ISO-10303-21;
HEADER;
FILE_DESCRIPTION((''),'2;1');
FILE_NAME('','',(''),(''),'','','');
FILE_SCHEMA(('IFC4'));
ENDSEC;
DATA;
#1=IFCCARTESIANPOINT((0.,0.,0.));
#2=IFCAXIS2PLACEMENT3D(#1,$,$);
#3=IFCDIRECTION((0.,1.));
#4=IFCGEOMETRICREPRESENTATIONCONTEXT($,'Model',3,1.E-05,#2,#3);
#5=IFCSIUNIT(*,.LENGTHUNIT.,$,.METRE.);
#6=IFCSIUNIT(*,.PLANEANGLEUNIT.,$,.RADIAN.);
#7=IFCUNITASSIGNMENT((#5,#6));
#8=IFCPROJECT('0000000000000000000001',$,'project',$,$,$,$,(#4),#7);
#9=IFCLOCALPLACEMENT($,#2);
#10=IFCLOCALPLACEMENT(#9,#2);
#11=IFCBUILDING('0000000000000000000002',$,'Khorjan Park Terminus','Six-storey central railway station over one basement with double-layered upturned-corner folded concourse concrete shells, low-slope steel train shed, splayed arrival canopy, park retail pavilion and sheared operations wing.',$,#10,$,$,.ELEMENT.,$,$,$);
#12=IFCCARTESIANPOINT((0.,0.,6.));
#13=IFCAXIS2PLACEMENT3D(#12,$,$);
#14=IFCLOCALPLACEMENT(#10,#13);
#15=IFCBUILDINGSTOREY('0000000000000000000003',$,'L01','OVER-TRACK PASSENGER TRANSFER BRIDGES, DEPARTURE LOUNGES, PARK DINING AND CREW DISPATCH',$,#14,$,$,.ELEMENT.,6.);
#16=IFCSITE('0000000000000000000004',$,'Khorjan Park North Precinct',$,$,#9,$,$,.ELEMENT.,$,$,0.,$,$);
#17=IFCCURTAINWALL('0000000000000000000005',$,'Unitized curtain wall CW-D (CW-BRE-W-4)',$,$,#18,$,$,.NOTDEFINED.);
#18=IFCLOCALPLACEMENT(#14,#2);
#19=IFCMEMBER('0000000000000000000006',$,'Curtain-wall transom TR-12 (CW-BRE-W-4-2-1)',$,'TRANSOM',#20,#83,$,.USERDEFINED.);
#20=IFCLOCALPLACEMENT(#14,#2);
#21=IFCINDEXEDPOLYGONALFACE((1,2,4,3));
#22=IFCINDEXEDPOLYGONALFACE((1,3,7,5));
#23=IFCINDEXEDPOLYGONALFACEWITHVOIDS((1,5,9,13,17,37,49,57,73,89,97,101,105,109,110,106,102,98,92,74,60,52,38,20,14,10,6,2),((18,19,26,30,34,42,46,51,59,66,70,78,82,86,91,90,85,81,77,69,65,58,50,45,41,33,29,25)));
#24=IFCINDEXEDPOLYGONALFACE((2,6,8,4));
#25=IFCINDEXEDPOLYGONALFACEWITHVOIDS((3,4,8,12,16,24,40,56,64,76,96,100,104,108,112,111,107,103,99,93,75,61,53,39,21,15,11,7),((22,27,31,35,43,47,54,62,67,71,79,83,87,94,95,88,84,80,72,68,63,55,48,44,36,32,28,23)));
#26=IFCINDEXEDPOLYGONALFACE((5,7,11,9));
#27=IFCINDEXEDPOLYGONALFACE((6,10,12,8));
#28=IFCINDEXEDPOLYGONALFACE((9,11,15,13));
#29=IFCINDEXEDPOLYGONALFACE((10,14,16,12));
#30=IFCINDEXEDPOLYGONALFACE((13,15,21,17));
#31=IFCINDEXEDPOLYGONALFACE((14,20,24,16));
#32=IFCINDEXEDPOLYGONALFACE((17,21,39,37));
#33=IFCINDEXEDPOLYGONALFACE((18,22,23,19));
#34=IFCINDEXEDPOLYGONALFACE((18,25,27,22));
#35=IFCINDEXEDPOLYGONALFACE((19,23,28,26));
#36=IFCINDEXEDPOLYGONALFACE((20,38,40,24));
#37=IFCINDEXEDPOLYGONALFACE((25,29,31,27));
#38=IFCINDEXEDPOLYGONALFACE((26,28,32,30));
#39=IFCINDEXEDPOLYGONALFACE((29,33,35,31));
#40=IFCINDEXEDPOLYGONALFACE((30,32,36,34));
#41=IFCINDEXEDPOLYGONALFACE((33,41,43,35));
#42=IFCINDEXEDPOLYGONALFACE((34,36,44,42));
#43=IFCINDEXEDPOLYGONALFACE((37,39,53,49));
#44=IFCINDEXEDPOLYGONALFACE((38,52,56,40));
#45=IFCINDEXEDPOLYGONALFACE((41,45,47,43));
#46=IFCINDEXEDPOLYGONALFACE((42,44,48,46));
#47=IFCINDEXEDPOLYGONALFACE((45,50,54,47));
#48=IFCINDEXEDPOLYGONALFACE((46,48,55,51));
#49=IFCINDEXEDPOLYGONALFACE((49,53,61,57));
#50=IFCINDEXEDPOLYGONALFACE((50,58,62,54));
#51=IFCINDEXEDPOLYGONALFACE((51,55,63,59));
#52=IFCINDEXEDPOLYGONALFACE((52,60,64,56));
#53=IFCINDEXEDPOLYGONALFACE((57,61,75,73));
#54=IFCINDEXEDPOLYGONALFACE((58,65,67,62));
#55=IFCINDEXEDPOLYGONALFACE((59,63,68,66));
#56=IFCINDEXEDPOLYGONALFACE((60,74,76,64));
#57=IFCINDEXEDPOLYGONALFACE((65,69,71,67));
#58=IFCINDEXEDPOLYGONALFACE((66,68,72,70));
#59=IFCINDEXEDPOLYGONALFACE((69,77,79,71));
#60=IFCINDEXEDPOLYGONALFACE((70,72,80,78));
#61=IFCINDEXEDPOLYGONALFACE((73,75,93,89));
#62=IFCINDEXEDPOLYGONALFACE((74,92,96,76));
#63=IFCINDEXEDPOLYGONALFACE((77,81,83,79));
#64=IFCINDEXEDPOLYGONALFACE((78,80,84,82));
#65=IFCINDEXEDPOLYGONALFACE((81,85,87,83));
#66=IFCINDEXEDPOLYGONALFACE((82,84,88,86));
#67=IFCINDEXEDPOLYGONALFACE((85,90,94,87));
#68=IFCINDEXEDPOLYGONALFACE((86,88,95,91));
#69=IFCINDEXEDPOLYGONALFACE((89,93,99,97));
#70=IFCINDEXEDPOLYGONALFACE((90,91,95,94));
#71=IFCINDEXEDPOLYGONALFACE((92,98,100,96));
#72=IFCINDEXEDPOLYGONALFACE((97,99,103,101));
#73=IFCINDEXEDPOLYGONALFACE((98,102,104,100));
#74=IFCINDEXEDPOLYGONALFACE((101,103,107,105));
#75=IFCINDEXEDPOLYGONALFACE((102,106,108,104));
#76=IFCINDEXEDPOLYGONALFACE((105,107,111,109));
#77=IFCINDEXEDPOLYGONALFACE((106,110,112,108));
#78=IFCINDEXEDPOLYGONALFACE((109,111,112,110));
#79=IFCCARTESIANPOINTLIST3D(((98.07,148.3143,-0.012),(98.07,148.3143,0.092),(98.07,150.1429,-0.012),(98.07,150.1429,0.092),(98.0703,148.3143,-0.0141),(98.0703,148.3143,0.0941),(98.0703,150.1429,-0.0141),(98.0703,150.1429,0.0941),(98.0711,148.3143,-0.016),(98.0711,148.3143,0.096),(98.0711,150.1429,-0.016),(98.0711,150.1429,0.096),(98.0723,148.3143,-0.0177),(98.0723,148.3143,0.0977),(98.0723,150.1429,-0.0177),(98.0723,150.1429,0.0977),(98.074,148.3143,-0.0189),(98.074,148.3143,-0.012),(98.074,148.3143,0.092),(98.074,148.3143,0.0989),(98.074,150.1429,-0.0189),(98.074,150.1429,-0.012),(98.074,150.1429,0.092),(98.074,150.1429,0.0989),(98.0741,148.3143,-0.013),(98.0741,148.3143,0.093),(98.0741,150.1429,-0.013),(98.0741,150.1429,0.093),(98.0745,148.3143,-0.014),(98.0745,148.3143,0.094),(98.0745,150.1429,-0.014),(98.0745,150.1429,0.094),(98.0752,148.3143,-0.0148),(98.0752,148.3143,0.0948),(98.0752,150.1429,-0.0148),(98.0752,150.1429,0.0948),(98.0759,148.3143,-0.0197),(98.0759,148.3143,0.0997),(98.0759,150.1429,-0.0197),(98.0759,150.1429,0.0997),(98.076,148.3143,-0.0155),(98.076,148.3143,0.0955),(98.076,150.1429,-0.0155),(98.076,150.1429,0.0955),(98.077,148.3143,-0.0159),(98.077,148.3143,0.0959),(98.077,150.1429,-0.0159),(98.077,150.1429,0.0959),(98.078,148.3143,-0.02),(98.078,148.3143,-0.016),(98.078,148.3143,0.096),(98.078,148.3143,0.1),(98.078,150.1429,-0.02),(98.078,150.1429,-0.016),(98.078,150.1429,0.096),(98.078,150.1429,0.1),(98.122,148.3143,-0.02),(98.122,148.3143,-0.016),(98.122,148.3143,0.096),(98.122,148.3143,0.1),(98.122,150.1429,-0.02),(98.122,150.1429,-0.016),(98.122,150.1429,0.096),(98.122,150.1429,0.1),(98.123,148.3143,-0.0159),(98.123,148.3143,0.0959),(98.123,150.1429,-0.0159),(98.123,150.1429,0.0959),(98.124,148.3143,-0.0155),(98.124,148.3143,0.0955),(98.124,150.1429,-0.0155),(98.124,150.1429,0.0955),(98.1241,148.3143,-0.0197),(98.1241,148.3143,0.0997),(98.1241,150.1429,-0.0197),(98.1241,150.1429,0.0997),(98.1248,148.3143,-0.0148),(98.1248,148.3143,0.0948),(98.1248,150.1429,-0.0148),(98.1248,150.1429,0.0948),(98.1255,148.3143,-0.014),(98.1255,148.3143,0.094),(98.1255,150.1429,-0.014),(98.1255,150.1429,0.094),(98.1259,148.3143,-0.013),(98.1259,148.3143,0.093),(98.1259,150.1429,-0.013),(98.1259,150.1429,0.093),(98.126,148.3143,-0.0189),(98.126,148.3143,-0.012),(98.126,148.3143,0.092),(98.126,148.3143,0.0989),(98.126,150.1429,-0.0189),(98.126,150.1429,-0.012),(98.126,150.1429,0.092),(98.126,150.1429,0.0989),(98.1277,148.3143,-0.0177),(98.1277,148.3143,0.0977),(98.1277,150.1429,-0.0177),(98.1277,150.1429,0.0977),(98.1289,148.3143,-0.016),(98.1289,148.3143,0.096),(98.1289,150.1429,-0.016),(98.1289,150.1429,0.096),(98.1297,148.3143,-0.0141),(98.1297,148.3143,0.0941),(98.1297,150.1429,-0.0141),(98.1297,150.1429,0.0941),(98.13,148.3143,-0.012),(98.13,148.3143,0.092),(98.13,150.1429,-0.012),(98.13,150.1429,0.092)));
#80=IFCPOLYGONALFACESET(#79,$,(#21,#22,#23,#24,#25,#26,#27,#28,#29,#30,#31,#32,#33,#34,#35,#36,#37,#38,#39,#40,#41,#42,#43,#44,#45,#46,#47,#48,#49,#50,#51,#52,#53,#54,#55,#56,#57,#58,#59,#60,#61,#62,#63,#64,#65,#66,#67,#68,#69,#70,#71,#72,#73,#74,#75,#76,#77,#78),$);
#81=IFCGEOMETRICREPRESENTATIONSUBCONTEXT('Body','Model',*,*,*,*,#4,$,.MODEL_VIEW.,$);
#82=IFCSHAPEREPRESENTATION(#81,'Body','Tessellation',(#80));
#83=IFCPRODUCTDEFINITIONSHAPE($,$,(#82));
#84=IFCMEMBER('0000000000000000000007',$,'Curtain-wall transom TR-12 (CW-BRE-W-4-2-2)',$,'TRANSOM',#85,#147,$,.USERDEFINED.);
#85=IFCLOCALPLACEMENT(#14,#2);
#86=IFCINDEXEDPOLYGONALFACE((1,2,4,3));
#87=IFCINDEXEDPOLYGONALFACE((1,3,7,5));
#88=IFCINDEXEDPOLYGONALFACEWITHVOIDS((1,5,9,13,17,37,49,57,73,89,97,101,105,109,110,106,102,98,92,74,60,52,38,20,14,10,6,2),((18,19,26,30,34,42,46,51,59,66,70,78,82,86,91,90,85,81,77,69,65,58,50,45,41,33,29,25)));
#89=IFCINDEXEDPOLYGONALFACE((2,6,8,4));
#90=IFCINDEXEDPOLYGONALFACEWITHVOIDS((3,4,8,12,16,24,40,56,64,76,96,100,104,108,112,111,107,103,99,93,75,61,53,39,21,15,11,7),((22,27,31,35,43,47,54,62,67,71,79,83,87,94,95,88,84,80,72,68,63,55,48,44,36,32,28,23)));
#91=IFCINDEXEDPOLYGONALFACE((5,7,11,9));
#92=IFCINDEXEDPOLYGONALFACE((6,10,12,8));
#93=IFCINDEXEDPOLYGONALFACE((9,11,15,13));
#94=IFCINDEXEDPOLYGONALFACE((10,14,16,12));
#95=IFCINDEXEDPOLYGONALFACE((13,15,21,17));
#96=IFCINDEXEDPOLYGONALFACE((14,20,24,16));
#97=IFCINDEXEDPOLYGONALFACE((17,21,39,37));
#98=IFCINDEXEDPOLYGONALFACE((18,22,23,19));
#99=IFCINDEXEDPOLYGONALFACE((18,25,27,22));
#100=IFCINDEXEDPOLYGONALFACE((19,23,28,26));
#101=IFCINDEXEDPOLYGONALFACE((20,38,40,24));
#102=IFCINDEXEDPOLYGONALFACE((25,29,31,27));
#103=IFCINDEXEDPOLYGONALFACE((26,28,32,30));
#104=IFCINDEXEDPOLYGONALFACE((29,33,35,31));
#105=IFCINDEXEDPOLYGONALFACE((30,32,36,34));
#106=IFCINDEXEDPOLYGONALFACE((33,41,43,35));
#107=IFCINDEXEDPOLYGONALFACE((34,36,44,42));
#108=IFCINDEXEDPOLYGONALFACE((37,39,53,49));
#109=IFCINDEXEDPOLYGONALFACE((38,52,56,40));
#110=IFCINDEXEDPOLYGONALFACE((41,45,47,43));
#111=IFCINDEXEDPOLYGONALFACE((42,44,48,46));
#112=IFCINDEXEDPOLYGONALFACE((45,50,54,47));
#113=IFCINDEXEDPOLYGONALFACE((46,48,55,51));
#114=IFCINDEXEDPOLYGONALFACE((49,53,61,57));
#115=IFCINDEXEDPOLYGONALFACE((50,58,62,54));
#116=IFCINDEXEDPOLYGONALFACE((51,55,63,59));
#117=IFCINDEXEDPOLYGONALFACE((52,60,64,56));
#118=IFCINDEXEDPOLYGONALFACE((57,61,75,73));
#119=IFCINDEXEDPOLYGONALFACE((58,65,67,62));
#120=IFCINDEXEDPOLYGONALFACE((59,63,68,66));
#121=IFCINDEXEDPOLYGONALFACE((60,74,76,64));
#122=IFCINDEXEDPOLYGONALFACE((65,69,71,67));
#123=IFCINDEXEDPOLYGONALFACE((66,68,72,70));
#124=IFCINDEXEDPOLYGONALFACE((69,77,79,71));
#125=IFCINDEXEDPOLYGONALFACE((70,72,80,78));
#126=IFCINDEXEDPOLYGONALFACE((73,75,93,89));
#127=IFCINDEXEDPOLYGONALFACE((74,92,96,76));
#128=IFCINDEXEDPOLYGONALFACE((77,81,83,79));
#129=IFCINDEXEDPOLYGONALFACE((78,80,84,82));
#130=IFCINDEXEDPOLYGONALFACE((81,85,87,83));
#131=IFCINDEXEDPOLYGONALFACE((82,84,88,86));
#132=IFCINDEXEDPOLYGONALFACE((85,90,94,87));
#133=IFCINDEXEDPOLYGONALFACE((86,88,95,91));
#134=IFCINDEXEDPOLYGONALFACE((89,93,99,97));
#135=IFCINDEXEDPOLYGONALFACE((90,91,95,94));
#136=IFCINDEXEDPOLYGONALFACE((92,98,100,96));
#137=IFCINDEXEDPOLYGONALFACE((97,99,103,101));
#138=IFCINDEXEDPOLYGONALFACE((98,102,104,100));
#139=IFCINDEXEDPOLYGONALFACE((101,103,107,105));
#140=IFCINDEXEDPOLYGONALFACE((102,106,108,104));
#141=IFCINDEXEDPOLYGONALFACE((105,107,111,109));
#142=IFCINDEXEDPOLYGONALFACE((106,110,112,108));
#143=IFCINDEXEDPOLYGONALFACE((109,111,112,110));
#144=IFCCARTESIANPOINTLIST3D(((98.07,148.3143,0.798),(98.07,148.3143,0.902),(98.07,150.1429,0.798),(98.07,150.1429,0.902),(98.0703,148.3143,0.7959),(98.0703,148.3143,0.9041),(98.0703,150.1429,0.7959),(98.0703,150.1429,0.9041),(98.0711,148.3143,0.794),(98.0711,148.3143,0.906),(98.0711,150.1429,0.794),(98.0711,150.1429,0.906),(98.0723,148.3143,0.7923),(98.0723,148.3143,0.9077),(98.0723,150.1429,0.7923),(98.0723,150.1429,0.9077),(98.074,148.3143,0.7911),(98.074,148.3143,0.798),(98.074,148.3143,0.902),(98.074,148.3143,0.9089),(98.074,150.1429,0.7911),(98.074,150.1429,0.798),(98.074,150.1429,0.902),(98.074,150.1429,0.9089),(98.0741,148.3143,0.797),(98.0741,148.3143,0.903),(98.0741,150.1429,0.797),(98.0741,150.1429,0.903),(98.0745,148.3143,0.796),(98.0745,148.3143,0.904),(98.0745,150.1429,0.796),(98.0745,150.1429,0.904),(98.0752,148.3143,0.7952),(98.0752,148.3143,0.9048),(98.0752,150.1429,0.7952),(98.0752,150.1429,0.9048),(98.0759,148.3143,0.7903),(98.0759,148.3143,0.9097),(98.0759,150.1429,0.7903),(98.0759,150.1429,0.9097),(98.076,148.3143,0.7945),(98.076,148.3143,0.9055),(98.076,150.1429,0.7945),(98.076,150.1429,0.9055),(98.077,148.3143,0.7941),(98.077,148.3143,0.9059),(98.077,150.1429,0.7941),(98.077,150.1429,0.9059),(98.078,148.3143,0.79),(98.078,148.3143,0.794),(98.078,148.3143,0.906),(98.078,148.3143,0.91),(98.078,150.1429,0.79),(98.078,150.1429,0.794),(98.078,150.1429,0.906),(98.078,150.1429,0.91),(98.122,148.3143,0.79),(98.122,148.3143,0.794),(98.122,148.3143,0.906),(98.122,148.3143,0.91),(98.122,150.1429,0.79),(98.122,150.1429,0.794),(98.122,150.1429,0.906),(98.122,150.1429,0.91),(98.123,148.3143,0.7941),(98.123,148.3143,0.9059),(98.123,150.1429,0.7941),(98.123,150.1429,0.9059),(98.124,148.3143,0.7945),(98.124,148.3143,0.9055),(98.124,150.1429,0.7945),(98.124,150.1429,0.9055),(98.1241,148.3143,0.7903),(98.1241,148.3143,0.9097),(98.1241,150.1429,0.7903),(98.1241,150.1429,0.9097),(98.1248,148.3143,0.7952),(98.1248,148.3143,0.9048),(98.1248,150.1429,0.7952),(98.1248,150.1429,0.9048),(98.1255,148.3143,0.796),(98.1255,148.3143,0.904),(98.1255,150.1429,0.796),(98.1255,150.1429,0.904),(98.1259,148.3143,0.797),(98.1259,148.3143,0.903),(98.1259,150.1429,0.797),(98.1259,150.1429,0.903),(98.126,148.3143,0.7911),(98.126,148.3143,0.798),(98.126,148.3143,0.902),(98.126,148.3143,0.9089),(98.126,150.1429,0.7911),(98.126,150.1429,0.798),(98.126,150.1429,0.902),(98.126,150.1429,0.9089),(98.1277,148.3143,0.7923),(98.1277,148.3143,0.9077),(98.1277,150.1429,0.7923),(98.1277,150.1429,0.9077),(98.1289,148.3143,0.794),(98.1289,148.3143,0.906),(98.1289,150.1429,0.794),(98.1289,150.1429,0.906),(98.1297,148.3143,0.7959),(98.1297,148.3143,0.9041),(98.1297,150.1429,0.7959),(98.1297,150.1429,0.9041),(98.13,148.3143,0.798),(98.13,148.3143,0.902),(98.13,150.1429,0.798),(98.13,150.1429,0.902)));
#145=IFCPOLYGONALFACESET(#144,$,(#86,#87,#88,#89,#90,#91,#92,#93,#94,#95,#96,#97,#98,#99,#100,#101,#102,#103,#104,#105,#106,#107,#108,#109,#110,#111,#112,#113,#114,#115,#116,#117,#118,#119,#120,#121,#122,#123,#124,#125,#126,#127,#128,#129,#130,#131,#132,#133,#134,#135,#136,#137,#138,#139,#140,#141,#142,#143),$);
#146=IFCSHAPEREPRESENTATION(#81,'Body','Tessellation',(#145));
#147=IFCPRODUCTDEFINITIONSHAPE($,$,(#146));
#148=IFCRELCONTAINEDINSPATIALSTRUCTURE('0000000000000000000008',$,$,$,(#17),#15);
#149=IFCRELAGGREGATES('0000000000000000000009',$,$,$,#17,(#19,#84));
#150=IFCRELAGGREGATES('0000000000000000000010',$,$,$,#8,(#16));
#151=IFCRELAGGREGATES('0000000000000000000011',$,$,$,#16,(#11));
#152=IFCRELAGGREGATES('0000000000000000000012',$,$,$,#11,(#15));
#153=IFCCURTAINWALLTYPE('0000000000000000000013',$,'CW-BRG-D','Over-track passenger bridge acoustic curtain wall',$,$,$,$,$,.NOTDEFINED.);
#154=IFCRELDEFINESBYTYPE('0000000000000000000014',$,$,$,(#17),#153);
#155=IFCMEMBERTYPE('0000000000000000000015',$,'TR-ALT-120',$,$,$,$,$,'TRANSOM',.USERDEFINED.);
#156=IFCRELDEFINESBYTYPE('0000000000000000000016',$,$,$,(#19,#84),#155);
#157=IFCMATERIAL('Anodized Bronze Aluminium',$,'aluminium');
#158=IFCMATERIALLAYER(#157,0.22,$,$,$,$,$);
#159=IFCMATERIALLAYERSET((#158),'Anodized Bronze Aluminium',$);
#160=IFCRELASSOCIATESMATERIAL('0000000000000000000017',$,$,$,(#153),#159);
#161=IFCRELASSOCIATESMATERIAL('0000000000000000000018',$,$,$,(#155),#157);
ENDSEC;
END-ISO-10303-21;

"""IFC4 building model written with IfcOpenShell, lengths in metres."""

from ifc_helpers import new_model, si_unit, direction, frame, origin, origin_2d, place, context, subcontext, project, spatial, hollow_rectangle, extrude, material, layer, layer_set, material_profile, profile_set, type_object, element, aggregate, save


model = new_model("IFC4")

# Units and contexts
model_context = context("Model", 3, precision=1e-05, world=origin(), true_north=direction((0.0, 1.0)))
body_context = subcontext(model_context, "Body", "Model", "MODEL_VIEW")
ifc_project = project(units=[si_unit("LENGTHUNIT", "METRE"), si_unit("PLANEANGLEUNIT", "RADIAN")], contexts=[model_context])

# Site, building, storey
site_placement = place(None, origin())
site = spatial("IfcSite", under=ifc_project, at=site_placement, Name="Khorjan Park North Precinct", CompositionType="ELEMENT", RefElevation=0.0)
building_placement = place(site_placement, origin())
building = spatial("IfcBuilding", under=site, at=building_placement, Name="Khorjan Park Terminus", Description="Six-storey central railway station over one basement with double-layered upturned-corner folded concourse concrete shells, low-slope steel train shed, splayed arrival canopy, park retail pavilion and sheared operations wing.", CompositionType="ELEMENT")
storey_placement = place(building_placement, frame((0.0, 0.0, 6.0)))
storey = spatial("IfcBuildingStorey", under=building, at=storey_placement, Name="L01", Description="OVER-TRACK PASSENGER TRANSFER BRIDGES, DEPARTURE LOUNGES, PARK DINING AND CREW DISPATCH", CompositionType="ELEMENT", Elevation=6.0)

# Curtain wall, members
ifc_material_1 = material(Name="Anodized Bronze Aluminium", Category="aluminium")
ifc_layer_1 = layer(ifc_material_1, 0.22)
ifc_layer_set_1 = layer_set([ifc_layer_1], Name="Anodized Bronze Aluminium")
curtain_wall_type = type_object("IfcCurtainWallType", Name="CW-BRG-D", Description="Over-track passenger bridge acoustic curtain wall", PredefinedType="NOTDEFINED", material=ifc_layer_set_1)
curtain_wall_1_placement = place(storey_placement, origin())
curtain_wall_1 = element("IfcCurtainWall", 1, at=curtain_wall_1_placement, inside=storey, type_object=curtain_wall_type, Name="Unitized curtain wall CW-D (CW-BRE-W-4)", PredefinedType="NOTDEFINED")
ifc_material_profile_1 = material_profile(ifc_material_1, hollow_rectangle(XDim=0.06, YDim=0.12, WallThickness=0.004, InnerFilletRadius=0.004, OuterFilletRadius=0.008, at=origin_2d()), Name="ALT 60x120x4")
ifc_profile_set_1 = profile_set([ifc_material_profile_1], Name="Anodized Bronze Aluminium")
member_type_1 = type_object("IfcMemberType", Name="TR-ALT-120", ElementType="TRANSOM", PredefinedType="USERDEFINED", material=ifc_profile_set_1)
member_1_placement = place(storey_placement, frame((98.1, 150.1429, 0.04), z_axis=(0.0, -1.0, 0.0), x_axis=(1.0, 0.0, 0.0)))
member_1 = element("IfcMember", 2, at=member_1_placement, type_object=member_type_1, Name="Curtain-wall transom TR-12 (CW-BRE-W-4-2-1)", ObjectType="TRANSOM", PredefinedType="USERDEFINED", context=body_context, shape_type="SweptSolid", body=[
    extrude(hollow_rectangle(XDim=0.06, YDim=0.12, WallThickness=0.004, InnerFilletRadius=0.004, OuterFilletRadius=0.008, at=origin_2d()), origin(), (0.0, 0.0, 1.0), 1.8286),
])
member_2_placement = place(storey_placement, frame((98.1, 150.1429, 0.85), z_axis=(0.0, -1.0, 0.0), x_axis=(1.0, 0.0, 0.0)))
member_2 = element("IfcMember", 3, at=member_2_placement, type_object=member_type_1, Name="Curtain-wall transom TR-12 (CW-BRE-W-4-2-2)", ObjectType="TRANSOM", PredefinedType="USERDEFINED", context=body_context, shape_type="SweptSolid", body=[
    extrude(hollow_rectangle(XDim=0.06, YDim=0.12, WallThickness=0.004, InnerFilletRadius=0.004, OuterFilletRadius=0.008, at=origin_2d()), origin(), (0.0, 0.0, 1.0), 1.8286),
])

aggregate(curtain_wall_1, [member_1, member_2])

save(model, "model.ifc")
